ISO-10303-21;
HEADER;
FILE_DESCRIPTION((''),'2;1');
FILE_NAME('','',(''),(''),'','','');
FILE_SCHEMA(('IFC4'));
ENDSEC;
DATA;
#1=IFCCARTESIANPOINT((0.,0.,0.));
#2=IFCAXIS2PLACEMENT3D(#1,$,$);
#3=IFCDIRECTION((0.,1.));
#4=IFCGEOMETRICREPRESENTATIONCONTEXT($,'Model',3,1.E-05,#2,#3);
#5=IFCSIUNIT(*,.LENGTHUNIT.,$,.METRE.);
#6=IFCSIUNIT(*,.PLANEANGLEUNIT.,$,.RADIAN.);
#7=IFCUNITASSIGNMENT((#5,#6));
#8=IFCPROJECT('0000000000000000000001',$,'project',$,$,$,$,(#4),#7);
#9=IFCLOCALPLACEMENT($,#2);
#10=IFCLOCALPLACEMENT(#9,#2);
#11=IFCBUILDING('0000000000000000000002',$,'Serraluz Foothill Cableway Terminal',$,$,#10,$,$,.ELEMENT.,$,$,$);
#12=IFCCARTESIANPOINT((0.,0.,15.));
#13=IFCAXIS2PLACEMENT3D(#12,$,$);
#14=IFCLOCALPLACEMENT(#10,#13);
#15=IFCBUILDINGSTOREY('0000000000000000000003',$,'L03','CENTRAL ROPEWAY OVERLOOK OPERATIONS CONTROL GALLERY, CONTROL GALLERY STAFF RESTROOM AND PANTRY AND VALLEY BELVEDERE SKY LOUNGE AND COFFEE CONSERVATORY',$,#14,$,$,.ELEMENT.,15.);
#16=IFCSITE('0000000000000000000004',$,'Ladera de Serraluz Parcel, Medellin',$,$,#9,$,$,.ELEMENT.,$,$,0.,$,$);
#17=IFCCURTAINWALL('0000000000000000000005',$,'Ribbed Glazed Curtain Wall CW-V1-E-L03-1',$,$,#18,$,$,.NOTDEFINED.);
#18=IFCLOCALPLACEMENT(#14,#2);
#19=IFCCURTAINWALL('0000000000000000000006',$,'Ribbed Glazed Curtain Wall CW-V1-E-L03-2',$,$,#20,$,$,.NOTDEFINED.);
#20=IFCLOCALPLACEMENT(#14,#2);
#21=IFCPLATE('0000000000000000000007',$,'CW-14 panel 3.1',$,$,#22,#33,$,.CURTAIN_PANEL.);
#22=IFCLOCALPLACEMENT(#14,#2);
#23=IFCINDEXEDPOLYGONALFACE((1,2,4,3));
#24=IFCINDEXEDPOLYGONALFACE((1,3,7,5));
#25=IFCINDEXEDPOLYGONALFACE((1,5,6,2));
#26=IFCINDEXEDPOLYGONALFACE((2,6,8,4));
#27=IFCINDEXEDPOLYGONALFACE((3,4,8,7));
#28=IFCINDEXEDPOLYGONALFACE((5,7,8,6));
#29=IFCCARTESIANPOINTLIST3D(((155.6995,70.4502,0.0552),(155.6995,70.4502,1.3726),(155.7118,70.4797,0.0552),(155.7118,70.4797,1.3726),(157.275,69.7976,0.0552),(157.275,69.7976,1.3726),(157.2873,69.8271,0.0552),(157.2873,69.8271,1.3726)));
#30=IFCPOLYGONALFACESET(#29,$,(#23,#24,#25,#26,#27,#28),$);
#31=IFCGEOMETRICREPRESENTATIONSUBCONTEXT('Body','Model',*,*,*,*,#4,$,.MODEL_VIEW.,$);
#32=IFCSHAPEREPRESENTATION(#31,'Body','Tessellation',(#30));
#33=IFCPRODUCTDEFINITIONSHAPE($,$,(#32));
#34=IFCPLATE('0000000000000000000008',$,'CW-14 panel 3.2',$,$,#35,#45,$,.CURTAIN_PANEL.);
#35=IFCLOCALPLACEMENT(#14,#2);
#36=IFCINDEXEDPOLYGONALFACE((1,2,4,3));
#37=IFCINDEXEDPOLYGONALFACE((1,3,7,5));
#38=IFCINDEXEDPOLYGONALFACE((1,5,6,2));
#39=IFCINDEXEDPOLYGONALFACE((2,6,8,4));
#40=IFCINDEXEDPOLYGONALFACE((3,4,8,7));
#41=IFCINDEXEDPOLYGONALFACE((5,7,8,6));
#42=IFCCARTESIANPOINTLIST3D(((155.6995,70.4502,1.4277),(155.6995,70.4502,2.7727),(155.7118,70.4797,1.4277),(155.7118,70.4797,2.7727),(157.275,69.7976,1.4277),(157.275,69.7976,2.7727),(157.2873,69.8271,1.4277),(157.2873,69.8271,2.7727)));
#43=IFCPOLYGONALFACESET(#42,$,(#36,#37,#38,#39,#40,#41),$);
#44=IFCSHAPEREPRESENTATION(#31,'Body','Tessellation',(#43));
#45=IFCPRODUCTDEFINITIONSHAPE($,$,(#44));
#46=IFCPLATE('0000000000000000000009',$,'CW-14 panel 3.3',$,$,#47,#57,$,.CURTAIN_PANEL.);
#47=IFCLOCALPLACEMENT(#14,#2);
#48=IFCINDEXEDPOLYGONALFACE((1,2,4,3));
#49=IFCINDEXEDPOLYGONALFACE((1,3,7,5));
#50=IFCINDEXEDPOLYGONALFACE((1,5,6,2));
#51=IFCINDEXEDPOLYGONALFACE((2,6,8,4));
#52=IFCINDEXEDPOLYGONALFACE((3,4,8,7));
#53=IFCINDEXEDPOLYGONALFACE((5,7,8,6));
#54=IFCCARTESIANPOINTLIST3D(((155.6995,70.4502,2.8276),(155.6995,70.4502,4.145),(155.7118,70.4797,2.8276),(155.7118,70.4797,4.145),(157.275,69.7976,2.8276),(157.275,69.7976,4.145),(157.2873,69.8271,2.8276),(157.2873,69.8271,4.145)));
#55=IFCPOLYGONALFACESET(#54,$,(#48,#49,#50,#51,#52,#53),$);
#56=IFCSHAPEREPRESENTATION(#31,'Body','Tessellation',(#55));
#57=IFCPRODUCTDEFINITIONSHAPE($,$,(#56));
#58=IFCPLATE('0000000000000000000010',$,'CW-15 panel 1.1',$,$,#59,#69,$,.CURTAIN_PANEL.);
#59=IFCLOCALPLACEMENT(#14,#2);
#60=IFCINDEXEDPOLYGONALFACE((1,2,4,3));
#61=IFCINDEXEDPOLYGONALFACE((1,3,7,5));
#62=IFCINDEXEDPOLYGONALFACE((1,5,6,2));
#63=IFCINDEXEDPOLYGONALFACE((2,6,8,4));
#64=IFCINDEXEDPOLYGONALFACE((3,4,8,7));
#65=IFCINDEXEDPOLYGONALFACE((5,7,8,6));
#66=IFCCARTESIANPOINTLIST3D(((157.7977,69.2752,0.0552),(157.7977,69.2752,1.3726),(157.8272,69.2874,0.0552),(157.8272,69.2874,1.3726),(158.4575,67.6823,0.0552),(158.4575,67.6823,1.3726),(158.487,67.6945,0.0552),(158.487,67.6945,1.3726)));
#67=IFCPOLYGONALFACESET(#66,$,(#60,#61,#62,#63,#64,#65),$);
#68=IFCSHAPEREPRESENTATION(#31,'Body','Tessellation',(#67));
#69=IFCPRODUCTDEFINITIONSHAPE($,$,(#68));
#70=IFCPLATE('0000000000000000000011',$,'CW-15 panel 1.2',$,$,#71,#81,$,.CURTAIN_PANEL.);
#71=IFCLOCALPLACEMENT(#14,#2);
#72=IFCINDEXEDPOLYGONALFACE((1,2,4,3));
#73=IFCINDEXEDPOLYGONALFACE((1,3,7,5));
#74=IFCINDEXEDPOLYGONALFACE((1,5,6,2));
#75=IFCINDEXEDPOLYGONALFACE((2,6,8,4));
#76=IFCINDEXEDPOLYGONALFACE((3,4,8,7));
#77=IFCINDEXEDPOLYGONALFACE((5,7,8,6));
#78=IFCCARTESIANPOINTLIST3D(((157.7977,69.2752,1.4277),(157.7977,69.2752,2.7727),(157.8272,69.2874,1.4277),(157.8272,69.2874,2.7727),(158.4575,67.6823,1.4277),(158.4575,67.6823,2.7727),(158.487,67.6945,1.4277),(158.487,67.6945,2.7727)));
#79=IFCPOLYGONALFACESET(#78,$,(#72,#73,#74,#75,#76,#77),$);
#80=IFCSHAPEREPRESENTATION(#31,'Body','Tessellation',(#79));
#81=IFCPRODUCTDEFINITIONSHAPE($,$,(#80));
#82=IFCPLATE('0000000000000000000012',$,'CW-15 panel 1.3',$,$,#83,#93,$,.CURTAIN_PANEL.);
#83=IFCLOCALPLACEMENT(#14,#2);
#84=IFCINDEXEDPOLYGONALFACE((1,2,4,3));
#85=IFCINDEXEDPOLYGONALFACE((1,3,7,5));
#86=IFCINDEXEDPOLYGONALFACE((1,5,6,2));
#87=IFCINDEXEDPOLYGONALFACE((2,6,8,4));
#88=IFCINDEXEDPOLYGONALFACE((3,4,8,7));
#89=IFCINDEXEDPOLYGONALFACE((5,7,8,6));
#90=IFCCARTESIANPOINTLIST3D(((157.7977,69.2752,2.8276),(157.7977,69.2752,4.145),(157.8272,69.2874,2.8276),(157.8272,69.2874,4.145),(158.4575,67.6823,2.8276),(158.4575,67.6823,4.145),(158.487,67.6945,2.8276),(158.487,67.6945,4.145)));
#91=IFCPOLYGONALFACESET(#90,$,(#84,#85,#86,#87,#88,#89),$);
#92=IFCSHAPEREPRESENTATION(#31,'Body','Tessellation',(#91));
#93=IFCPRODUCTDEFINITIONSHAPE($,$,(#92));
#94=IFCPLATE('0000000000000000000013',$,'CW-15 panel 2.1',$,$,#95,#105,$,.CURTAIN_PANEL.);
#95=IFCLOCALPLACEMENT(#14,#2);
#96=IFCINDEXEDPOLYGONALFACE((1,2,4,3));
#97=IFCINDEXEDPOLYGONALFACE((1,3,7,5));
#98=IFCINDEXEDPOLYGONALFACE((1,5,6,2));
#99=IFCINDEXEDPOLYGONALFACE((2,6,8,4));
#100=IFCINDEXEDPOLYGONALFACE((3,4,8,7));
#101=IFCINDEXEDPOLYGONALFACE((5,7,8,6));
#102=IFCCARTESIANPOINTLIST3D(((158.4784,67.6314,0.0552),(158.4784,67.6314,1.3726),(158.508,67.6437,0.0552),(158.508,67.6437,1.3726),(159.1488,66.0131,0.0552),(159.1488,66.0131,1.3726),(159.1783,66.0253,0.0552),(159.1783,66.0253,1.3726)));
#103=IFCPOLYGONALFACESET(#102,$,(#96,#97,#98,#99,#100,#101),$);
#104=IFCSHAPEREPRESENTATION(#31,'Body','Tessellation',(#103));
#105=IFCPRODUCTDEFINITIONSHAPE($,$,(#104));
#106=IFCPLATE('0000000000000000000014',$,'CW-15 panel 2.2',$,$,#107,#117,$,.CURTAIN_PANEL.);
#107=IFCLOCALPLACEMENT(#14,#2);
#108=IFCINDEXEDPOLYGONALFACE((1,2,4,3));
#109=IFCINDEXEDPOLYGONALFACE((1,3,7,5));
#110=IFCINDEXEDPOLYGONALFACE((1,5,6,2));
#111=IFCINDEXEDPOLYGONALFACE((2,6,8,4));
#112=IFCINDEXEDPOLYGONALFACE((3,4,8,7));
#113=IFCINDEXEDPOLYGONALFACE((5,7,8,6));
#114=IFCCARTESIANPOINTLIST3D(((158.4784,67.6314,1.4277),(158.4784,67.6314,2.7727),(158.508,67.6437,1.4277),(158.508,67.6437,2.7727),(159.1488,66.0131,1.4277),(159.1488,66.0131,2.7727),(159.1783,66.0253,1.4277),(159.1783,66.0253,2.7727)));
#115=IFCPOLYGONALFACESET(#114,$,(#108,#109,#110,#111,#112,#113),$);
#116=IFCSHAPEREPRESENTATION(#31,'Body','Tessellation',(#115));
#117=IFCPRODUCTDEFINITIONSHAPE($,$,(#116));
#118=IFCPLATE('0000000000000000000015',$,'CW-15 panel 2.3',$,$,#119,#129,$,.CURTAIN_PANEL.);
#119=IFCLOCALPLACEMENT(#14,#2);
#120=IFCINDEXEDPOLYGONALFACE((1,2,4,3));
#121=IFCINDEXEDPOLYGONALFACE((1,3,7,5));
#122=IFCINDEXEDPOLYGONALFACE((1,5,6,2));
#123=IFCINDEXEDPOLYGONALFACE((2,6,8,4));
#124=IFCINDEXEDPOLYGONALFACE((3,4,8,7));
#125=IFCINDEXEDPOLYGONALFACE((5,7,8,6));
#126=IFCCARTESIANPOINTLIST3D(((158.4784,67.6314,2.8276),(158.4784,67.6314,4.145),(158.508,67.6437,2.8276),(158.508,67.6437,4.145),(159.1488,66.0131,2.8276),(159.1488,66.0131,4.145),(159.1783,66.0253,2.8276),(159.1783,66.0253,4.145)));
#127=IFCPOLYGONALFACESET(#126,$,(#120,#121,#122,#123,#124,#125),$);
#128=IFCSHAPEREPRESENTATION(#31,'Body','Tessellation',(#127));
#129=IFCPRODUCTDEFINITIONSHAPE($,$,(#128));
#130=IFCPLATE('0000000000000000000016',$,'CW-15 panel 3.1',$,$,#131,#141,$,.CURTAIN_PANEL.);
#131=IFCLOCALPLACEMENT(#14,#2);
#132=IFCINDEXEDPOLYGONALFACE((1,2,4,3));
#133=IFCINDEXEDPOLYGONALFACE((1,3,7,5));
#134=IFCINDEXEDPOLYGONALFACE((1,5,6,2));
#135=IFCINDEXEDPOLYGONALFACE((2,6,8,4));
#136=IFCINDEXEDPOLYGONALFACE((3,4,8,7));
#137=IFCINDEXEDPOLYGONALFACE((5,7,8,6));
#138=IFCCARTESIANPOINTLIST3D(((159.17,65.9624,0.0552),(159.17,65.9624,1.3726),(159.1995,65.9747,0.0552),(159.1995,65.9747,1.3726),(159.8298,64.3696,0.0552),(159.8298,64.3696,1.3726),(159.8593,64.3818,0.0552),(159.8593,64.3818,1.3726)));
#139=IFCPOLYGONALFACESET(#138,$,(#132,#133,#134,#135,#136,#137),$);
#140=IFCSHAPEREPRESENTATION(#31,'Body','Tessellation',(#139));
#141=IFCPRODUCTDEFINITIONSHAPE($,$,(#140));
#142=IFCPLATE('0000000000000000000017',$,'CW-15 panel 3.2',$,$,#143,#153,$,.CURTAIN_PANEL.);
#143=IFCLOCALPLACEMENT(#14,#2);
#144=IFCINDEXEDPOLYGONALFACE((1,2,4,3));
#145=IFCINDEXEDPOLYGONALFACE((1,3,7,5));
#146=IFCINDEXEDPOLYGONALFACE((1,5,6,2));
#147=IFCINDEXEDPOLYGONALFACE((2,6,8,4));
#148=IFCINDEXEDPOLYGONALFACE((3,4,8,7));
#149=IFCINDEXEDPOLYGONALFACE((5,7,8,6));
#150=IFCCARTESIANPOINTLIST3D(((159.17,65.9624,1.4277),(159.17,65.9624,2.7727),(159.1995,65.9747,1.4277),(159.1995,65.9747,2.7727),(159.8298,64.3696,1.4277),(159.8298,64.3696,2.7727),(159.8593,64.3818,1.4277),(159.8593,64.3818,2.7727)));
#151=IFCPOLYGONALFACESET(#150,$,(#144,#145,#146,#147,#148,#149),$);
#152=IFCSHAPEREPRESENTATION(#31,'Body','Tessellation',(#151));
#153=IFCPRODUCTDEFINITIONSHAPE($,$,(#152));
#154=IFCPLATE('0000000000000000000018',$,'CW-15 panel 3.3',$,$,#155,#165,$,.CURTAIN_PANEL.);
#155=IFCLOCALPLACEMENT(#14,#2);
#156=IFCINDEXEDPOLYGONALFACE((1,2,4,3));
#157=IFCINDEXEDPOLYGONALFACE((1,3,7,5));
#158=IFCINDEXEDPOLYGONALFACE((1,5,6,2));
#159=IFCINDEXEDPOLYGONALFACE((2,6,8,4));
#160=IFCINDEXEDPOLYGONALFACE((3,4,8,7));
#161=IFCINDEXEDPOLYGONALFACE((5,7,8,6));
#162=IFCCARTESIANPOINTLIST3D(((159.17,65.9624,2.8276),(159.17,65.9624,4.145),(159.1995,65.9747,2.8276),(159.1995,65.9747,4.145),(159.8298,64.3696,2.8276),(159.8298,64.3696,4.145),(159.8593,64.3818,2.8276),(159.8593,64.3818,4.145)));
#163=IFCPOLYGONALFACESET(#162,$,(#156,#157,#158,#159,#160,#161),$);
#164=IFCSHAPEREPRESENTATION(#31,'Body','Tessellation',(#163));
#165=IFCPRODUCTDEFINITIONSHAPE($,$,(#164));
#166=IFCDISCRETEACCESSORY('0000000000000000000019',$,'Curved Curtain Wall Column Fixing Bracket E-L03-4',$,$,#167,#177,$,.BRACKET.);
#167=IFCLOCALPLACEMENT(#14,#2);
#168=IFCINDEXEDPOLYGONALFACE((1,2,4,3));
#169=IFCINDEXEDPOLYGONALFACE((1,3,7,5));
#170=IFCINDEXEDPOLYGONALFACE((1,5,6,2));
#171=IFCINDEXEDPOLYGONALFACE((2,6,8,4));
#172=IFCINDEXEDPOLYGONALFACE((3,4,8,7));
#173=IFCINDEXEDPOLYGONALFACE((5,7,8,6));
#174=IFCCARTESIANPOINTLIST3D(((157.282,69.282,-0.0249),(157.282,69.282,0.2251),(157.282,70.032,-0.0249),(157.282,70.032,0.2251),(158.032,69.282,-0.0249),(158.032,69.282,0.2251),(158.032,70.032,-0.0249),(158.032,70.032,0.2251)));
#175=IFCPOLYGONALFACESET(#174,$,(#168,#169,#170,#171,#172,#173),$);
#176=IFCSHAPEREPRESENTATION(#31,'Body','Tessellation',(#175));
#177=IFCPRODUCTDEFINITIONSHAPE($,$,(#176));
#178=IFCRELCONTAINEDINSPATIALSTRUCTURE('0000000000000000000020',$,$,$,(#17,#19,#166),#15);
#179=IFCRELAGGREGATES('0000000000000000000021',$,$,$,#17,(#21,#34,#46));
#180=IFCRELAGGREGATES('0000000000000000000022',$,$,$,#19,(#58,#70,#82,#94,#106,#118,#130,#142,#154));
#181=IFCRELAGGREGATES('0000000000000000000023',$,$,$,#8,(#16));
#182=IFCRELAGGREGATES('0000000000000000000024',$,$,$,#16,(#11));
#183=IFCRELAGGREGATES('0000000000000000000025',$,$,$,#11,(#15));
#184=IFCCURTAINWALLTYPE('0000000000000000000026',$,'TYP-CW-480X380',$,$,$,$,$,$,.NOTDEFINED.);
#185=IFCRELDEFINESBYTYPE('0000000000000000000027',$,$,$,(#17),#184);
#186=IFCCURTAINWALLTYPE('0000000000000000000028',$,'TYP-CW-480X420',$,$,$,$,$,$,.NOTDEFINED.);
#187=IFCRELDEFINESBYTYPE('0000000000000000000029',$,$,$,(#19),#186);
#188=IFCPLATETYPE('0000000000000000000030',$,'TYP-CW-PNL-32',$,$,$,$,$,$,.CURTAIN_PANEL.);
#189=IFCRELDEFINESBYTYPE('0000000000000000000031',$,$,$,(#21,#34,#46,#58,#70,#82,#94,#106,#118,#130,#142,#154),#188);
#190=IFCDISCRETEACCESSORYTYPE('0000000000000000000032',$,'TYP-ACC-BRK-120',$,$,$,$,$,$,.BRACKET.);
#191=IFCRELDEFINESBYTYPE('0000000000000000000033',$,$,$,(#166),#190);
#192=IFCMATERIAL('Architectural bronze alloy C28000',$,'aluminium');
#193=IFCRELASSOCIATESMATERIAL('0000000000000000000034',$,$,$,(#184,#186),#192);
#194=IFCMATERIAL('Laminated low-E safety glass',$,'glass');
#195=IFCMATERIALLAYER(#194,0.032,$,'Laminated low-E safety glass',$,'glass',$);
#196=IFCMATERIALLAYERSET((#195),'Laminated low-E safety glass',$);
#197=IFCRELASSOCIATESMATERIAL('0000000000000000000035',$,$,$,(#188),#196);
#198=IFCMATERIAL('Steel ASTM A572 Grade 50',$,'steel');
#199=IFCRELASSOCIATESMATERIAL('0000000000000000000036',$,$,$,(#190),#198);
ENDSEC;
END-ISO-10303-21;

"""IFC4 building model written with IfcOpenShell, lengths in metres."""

from ifc_helpers import new_model, si_unit, direction, frame, origin, origin_2d, place, context, subcontext, project, spatial, rectangle, extrude, material, layer, layer_set, type_object, element, aggregate, save


model = new_model("IFC4")

# Units and contexts
model_context = context("Model", 3, precision=1e-05, world=origin(), true_north=direction((0.0, 1.0)))
body_context = subcontext(model_context, "Body", "Model", "MODEL_VIEW")
ifc_project = project(units=[si_unit("LENGTHUNIT", "METRE"), si_unit("PLANEANGLEUNIT", "RADIAN")], contexts=[model_context])

# Site, building, storey
site_placement = place(None, origin())
site = spatial("IfcSite", under=ifc_project, at=site_placement, Name="Ladera de Serraluz Parcel, Medellin", CompositionType="ELEMENT", RefElevation=0.0)
building_placement = place(site_placement, origin())
building = spatial("IfcBuilding", under=site, at=building_placement, Name="Serraluz Foothill Cableway Terminal", CompositionType="ELEMENT")
storey_placement = place(building_placement, frame((0.0, 0.0, 15.0)))
storey = spatial("IfcBuildingStorey", under=building, at=storey_placement, Name="L03", Description="CENTRAL ROPEWAY OVERLOOK OPERATIONS CONTROL GALLERY, CONTROL GALLERY STAFF RESTROOM AND PANTRY AND VALLEY BELVEDERE SKY LOUNGE AND COFFEE CONSERVATORY", CompositionType="ELEMENT", Elevation=15.0)

# Shared definitions
ifc_material_1 = material(Name="Steel ASTM A572 Grade 50", Category="steel")

# Curtain walls
ifc_material_2 = material(Name="Architectural bronze alloy C28000", Category="aluminium")
curtain_wall_type_1 = type_object("IfcCurtainWallType", Name="TYP-CW-480X380", PredefinedType="NOTDEFINED", material=ifc_material_2)
curtain_wall_1_placement = place(storey_placement, origin())
curtain_wall_1 = element("IfcCurtainWall", 1, at=curtain_wall_1_placement, inside=storey, type_object=curtain_wall_type_1, Name="Ribbed Glazed Curtain Wall CW-V1-E-L03-1", PredefinedType="NOTDEFINED")
curtain_wall_type_2 = type_object("IfcCurtainWallType", Name="TYP-CW-480X420", PredefinedType="NOTDEFINED", material=ifc_material_2)
curtain_wall_2_placement = place(storey_placement, origin())
curtain_wall_2 = element("IfcCurtainWall", 2, at=curtain_wall_2_placement, inside=storey, type_object=curtain_wall_type_2, Name="Ribbed Glazed Curtain Wall CW-V1-E-L03-2", PredefinedType="NOTDEFINED")

# Plates
ifc_material_3 = material(Name="Laminated low-E safety glass", Category="glass")
ifc_layer = layer(ifc_material_3, 0.032, Name="Laminated low-E safety glass", Category="glass")
ifc_layer_set = layer_set([ifc_layer], Name="Laminated low-E safety glass")
plate_type = type_object("IfcPlateType", Name="TYP-CW-PNL-32", PredefinedType="CURTAIN_PANEL", material=ifc_layer_set)
plate_1_placement = place(storey_placement, frame((156.4934, 70.1387, 0.0552), z_axis=(0.0, 0.0, 1.0), x_axis=(0.92388, -0.382682, 0.0)))
plate_1 = element("IfcPlate", 3, at=plate_1_placement, type_object=plate_type, Name="CW-14 panel 3.1", PredefinedType="CURTAIN_PANEL", context=body_context, shape_type="SweptSolid", body=[
    extrude(rectangle(XDim=1.7053, YDim=0.032, at=origin_2d()), origin(), (0.0, 0.0, 1.0), 1.3174),
])
plate_2_placement = place(storey_placement, frame((156.4934, 70.1387, 1.4277), z_axis=(0.0, 0.0, 1.0), x_axis=(0.92388, -0.382682, 0.0)))
plate_2 = element("IfcPlate", 4, at=plate_2_placement, type_object=plate_type, Name="CW-14 panel 3.2", PredefinedType="CURTAIN_PANEL", context=body_context, shape_type="SweptSolid", body=[
    extrude(rectangle(XDim=1.7053, YDim=0.032, at=origin_2d()), origin(), (0.0, 0.0, 1.0), 1.345),
])
plate_3_placement = place(storey_placement, frame((156.4934, 70.1387, 2.8276), z_axis=(0.0, 0.0, 1.0), x_axis=(0.92388, -0.382682, 0.0)))
plate_3 = element("IfcPlate", 5, at=plate_3_placement, type_object=plate_type, Name="CW-14 panel 3.3", PredefinedType="CURTAIN_PANEL", context=body_context, shape_type="SweptSolid", body=[
    extrude(rectangle(XDim=1.7053, YDim=0.032, at=origin_2d()), origin(), (0.0, 0.0, 1.0), 1.3174),
])
aggregate(curtain_wall_1, [plate_1, plate_2, plate_3])
plate_4_placement = place(storey_placement, frame((158.1423, 68.4849, 0.0552), z_axis=(0.0, 0.0, 1.0), x_axis=(0.382685, -0.923879, 0.0)))
plate_4 = element("IfcPlate", 6, at=plate_4_placement, type_object=plate_type, Name="CW-15 panel 1.1", PredefinedType="CURTAIN_PANEL", context=body_context, shape_type="SweptSolid", body=[
    extrude(rectangle(XDim=1.7241, YDim=0.032, at=origin_2d()), origin(), (0.0, 0.0, 1.0), 1.3174),
])
plate_5_placement = place(storey_placement, frame((158.1423, 68.4849, 1.4277), z_axis=(0.0, 0.0, 1.0), x_axis=(0.382685, -0.923879, 0.0)))
plate_5 = element("IfcPlate", 7, at=plate_5_placement, type_object=plate_type, Name="CW-15 panel 1.2", PredefinedType="CURTAIN_PANEL", context=body_context, shape_type="SweptSolid", body=[
    extrude(rectangle(XDim=1.7241, YDim=0.032, at=origin_2d()), origin(), (0.0, 0.0, 1.0), 1.345),
])
plate_6_placement = place(storey_placement, frame((158.1423, 68.4849, 2.8276), z_axis=(0.0, 0.0, 1.0), x_axis=(0.382685, -0.923879, 0.0)))
plate_6 = element("IfcPlate", 8, at=plate_6_placement, type_object=plate_type, Name="CW-15 panel 1.3", PredefinedType="CURTAIN_PANEL", context=body_context, shape_type="SweptSolid", body=[
    extrude(rectangle(XDim=1.7241, YDim=0.032, at=origin_2d()), origin(), (0.0, 0.0, 1.0), 1.3174),
])
plate_7_placement = place(storey_placement, frame((158.8284, 66.8284, 0.0552), z_axis=(0.0, 0.0, 1.0), x_axis=(0.382685, -0.923879, 0.0)))
plate_7 = element("IfcPlate", 9, at=plate_7_placement, type_object=plate_type, Name="CW-15 panel 2.1", PredefinedType="CURTAIN_PANEL", context=body_context, shape_type="SweptSolid", body=[
    extrude(rectangle(XDim=1.7517, YDim=0.032, at=origin_2d()), origin(), (0.0, 0.0, 1.0), 1.3174),
])
plate_8_placement = place(storey_placement, frame((158.8284, 66.8284, 1.4277), z_axis=(0.0, 0.0, 1.0), x_axis=(0.382685, -0.923879, 0.0)))
plate_8 = element("IfcPlate", 10, at=plate_8_placement, type_object=plate_type, Name="CW-15 panel 2.2", PredefinedType="CURTAIN_PANEL", context=body_context, shape_type="SweptSolid", body=[
    extrude(rectangle(XDim=1.7517, YDim=0.032, at=origin_2d()), origin(), (0.0, 0.0, 1.0), 1.345),
])
plate_9_placement = place(storey_placement, frame((158.8284, 66.8284, 2.8276), z_axis=(0.0, 0.0, 1.0), x_axis=(0.382685, -0.923879, 0.0)))
plate_9 = element("IfcPlate", 11, at=plate_9_placement, type_object=plate_type, Name="CW-15 panel 2.3", PredefinedType="CURTAIN_PANEL", context=body_context, shape_type="SweptSolid", body=[
    extrude(rectangle(XDim=1.7517, YDim=0.032, at=origin_2d()), origin(), (0.0, 0.0, 1.0), 1.3174),
])
plate_10_placement = place(storey_placement, frame((159.5146, 65.1721, 0.0552), z_axis=(0.0, 0.0, 1.0), x_axis=(0.382685, -0.923879, 0.0)))
plate_10 = element("IfcPlate", 12, at=plate_10_placement, type_object=plate_type, Name="CW-15 panel 3.1", PredefinedType="CURTAIN_PANEL", context=body_context, shape_type="SweptSolid", body=[
    extrude(rectangle(XDim=1.7241, YDim=0.032, at=origin_2d()), origin(), (0.0, 0.0, 1.0), 1.3174),
])
plate_11_placement = place(storey_placement, frame((159.5146, 65.1721, 1.4277), z_axis=(0.0, 0.0, 1.0), x_axis=(0.382685, -0.923879, 0.0)))
plate_11 = element("IfcPlate", 13, at=plate_11_placement, type_object=plate_type, Name="CW-15 panel 3.2", PredefinedType="CURTAIN_PANEL", context=body_context, shape_type="SweptSolid", body=[
    extrude(rectangle(XDim=1.7241, YDim=0.032, at=origin_2d()), origin(), (0.0, 0.0, 1.0), 1.345),
])
plate_12_placement = place(storey_placement, frame((159.5146, 65.1721, 2.8276), z_axis=(0.0, 0.0, 1.0), x_axis=(0.382685, -0.923879, 0.0)))
plate_12 = element("IfcPlate", 14, at=plate_12_placement, type_object=plate_type, Name="CW-15 panel 3.3", PredefinedType="CURTAIN_PANEL", context=body_context, shape_type="SweptSolid", body=[
    extrude(rectangle(XDim=1.7241, YDim=0.032, at=origin_2d()), origin(), (0.0, 0.0, 1.0), 1.3174),
])
aggregate(curtain_wall_2, [plate_4, plate_5, plate_6, plate_7, plate_8, plate_9, plate_10, plate_11, plate_12])

# Discrete accessory
discrete_accessory_type = type_object("IfcDiscreteAccessoryType", Name="TYP-ACC-BRK-120", PredefinedType="BRACKET", material=ifc_material_1)
discrete_accessory_placement = place(storey_placement, frame((157.657, 69.657, -0.0249), z_axis=(0.0, 0.0, 1.0), x_axis=(1.0, 0.0, 0.0)))
element("IfcDiscreteAccessory", 15, at=discrete_accessory_placement, inside=storey, type_object=discrete_accessory_type, Name="Curved Curtain Wall Column Fixing Bracket E-L03-4", PredefinedType="BRACKET", context=body_context, shape_type="SweptSolid", body=[
    extrude(rectangle(XDim=0.75, YDim=0.75, at=origin_2d()), origin(), (0.0, 0.0, 1.0), 0.25),
])

save(model, "model.ifc")
